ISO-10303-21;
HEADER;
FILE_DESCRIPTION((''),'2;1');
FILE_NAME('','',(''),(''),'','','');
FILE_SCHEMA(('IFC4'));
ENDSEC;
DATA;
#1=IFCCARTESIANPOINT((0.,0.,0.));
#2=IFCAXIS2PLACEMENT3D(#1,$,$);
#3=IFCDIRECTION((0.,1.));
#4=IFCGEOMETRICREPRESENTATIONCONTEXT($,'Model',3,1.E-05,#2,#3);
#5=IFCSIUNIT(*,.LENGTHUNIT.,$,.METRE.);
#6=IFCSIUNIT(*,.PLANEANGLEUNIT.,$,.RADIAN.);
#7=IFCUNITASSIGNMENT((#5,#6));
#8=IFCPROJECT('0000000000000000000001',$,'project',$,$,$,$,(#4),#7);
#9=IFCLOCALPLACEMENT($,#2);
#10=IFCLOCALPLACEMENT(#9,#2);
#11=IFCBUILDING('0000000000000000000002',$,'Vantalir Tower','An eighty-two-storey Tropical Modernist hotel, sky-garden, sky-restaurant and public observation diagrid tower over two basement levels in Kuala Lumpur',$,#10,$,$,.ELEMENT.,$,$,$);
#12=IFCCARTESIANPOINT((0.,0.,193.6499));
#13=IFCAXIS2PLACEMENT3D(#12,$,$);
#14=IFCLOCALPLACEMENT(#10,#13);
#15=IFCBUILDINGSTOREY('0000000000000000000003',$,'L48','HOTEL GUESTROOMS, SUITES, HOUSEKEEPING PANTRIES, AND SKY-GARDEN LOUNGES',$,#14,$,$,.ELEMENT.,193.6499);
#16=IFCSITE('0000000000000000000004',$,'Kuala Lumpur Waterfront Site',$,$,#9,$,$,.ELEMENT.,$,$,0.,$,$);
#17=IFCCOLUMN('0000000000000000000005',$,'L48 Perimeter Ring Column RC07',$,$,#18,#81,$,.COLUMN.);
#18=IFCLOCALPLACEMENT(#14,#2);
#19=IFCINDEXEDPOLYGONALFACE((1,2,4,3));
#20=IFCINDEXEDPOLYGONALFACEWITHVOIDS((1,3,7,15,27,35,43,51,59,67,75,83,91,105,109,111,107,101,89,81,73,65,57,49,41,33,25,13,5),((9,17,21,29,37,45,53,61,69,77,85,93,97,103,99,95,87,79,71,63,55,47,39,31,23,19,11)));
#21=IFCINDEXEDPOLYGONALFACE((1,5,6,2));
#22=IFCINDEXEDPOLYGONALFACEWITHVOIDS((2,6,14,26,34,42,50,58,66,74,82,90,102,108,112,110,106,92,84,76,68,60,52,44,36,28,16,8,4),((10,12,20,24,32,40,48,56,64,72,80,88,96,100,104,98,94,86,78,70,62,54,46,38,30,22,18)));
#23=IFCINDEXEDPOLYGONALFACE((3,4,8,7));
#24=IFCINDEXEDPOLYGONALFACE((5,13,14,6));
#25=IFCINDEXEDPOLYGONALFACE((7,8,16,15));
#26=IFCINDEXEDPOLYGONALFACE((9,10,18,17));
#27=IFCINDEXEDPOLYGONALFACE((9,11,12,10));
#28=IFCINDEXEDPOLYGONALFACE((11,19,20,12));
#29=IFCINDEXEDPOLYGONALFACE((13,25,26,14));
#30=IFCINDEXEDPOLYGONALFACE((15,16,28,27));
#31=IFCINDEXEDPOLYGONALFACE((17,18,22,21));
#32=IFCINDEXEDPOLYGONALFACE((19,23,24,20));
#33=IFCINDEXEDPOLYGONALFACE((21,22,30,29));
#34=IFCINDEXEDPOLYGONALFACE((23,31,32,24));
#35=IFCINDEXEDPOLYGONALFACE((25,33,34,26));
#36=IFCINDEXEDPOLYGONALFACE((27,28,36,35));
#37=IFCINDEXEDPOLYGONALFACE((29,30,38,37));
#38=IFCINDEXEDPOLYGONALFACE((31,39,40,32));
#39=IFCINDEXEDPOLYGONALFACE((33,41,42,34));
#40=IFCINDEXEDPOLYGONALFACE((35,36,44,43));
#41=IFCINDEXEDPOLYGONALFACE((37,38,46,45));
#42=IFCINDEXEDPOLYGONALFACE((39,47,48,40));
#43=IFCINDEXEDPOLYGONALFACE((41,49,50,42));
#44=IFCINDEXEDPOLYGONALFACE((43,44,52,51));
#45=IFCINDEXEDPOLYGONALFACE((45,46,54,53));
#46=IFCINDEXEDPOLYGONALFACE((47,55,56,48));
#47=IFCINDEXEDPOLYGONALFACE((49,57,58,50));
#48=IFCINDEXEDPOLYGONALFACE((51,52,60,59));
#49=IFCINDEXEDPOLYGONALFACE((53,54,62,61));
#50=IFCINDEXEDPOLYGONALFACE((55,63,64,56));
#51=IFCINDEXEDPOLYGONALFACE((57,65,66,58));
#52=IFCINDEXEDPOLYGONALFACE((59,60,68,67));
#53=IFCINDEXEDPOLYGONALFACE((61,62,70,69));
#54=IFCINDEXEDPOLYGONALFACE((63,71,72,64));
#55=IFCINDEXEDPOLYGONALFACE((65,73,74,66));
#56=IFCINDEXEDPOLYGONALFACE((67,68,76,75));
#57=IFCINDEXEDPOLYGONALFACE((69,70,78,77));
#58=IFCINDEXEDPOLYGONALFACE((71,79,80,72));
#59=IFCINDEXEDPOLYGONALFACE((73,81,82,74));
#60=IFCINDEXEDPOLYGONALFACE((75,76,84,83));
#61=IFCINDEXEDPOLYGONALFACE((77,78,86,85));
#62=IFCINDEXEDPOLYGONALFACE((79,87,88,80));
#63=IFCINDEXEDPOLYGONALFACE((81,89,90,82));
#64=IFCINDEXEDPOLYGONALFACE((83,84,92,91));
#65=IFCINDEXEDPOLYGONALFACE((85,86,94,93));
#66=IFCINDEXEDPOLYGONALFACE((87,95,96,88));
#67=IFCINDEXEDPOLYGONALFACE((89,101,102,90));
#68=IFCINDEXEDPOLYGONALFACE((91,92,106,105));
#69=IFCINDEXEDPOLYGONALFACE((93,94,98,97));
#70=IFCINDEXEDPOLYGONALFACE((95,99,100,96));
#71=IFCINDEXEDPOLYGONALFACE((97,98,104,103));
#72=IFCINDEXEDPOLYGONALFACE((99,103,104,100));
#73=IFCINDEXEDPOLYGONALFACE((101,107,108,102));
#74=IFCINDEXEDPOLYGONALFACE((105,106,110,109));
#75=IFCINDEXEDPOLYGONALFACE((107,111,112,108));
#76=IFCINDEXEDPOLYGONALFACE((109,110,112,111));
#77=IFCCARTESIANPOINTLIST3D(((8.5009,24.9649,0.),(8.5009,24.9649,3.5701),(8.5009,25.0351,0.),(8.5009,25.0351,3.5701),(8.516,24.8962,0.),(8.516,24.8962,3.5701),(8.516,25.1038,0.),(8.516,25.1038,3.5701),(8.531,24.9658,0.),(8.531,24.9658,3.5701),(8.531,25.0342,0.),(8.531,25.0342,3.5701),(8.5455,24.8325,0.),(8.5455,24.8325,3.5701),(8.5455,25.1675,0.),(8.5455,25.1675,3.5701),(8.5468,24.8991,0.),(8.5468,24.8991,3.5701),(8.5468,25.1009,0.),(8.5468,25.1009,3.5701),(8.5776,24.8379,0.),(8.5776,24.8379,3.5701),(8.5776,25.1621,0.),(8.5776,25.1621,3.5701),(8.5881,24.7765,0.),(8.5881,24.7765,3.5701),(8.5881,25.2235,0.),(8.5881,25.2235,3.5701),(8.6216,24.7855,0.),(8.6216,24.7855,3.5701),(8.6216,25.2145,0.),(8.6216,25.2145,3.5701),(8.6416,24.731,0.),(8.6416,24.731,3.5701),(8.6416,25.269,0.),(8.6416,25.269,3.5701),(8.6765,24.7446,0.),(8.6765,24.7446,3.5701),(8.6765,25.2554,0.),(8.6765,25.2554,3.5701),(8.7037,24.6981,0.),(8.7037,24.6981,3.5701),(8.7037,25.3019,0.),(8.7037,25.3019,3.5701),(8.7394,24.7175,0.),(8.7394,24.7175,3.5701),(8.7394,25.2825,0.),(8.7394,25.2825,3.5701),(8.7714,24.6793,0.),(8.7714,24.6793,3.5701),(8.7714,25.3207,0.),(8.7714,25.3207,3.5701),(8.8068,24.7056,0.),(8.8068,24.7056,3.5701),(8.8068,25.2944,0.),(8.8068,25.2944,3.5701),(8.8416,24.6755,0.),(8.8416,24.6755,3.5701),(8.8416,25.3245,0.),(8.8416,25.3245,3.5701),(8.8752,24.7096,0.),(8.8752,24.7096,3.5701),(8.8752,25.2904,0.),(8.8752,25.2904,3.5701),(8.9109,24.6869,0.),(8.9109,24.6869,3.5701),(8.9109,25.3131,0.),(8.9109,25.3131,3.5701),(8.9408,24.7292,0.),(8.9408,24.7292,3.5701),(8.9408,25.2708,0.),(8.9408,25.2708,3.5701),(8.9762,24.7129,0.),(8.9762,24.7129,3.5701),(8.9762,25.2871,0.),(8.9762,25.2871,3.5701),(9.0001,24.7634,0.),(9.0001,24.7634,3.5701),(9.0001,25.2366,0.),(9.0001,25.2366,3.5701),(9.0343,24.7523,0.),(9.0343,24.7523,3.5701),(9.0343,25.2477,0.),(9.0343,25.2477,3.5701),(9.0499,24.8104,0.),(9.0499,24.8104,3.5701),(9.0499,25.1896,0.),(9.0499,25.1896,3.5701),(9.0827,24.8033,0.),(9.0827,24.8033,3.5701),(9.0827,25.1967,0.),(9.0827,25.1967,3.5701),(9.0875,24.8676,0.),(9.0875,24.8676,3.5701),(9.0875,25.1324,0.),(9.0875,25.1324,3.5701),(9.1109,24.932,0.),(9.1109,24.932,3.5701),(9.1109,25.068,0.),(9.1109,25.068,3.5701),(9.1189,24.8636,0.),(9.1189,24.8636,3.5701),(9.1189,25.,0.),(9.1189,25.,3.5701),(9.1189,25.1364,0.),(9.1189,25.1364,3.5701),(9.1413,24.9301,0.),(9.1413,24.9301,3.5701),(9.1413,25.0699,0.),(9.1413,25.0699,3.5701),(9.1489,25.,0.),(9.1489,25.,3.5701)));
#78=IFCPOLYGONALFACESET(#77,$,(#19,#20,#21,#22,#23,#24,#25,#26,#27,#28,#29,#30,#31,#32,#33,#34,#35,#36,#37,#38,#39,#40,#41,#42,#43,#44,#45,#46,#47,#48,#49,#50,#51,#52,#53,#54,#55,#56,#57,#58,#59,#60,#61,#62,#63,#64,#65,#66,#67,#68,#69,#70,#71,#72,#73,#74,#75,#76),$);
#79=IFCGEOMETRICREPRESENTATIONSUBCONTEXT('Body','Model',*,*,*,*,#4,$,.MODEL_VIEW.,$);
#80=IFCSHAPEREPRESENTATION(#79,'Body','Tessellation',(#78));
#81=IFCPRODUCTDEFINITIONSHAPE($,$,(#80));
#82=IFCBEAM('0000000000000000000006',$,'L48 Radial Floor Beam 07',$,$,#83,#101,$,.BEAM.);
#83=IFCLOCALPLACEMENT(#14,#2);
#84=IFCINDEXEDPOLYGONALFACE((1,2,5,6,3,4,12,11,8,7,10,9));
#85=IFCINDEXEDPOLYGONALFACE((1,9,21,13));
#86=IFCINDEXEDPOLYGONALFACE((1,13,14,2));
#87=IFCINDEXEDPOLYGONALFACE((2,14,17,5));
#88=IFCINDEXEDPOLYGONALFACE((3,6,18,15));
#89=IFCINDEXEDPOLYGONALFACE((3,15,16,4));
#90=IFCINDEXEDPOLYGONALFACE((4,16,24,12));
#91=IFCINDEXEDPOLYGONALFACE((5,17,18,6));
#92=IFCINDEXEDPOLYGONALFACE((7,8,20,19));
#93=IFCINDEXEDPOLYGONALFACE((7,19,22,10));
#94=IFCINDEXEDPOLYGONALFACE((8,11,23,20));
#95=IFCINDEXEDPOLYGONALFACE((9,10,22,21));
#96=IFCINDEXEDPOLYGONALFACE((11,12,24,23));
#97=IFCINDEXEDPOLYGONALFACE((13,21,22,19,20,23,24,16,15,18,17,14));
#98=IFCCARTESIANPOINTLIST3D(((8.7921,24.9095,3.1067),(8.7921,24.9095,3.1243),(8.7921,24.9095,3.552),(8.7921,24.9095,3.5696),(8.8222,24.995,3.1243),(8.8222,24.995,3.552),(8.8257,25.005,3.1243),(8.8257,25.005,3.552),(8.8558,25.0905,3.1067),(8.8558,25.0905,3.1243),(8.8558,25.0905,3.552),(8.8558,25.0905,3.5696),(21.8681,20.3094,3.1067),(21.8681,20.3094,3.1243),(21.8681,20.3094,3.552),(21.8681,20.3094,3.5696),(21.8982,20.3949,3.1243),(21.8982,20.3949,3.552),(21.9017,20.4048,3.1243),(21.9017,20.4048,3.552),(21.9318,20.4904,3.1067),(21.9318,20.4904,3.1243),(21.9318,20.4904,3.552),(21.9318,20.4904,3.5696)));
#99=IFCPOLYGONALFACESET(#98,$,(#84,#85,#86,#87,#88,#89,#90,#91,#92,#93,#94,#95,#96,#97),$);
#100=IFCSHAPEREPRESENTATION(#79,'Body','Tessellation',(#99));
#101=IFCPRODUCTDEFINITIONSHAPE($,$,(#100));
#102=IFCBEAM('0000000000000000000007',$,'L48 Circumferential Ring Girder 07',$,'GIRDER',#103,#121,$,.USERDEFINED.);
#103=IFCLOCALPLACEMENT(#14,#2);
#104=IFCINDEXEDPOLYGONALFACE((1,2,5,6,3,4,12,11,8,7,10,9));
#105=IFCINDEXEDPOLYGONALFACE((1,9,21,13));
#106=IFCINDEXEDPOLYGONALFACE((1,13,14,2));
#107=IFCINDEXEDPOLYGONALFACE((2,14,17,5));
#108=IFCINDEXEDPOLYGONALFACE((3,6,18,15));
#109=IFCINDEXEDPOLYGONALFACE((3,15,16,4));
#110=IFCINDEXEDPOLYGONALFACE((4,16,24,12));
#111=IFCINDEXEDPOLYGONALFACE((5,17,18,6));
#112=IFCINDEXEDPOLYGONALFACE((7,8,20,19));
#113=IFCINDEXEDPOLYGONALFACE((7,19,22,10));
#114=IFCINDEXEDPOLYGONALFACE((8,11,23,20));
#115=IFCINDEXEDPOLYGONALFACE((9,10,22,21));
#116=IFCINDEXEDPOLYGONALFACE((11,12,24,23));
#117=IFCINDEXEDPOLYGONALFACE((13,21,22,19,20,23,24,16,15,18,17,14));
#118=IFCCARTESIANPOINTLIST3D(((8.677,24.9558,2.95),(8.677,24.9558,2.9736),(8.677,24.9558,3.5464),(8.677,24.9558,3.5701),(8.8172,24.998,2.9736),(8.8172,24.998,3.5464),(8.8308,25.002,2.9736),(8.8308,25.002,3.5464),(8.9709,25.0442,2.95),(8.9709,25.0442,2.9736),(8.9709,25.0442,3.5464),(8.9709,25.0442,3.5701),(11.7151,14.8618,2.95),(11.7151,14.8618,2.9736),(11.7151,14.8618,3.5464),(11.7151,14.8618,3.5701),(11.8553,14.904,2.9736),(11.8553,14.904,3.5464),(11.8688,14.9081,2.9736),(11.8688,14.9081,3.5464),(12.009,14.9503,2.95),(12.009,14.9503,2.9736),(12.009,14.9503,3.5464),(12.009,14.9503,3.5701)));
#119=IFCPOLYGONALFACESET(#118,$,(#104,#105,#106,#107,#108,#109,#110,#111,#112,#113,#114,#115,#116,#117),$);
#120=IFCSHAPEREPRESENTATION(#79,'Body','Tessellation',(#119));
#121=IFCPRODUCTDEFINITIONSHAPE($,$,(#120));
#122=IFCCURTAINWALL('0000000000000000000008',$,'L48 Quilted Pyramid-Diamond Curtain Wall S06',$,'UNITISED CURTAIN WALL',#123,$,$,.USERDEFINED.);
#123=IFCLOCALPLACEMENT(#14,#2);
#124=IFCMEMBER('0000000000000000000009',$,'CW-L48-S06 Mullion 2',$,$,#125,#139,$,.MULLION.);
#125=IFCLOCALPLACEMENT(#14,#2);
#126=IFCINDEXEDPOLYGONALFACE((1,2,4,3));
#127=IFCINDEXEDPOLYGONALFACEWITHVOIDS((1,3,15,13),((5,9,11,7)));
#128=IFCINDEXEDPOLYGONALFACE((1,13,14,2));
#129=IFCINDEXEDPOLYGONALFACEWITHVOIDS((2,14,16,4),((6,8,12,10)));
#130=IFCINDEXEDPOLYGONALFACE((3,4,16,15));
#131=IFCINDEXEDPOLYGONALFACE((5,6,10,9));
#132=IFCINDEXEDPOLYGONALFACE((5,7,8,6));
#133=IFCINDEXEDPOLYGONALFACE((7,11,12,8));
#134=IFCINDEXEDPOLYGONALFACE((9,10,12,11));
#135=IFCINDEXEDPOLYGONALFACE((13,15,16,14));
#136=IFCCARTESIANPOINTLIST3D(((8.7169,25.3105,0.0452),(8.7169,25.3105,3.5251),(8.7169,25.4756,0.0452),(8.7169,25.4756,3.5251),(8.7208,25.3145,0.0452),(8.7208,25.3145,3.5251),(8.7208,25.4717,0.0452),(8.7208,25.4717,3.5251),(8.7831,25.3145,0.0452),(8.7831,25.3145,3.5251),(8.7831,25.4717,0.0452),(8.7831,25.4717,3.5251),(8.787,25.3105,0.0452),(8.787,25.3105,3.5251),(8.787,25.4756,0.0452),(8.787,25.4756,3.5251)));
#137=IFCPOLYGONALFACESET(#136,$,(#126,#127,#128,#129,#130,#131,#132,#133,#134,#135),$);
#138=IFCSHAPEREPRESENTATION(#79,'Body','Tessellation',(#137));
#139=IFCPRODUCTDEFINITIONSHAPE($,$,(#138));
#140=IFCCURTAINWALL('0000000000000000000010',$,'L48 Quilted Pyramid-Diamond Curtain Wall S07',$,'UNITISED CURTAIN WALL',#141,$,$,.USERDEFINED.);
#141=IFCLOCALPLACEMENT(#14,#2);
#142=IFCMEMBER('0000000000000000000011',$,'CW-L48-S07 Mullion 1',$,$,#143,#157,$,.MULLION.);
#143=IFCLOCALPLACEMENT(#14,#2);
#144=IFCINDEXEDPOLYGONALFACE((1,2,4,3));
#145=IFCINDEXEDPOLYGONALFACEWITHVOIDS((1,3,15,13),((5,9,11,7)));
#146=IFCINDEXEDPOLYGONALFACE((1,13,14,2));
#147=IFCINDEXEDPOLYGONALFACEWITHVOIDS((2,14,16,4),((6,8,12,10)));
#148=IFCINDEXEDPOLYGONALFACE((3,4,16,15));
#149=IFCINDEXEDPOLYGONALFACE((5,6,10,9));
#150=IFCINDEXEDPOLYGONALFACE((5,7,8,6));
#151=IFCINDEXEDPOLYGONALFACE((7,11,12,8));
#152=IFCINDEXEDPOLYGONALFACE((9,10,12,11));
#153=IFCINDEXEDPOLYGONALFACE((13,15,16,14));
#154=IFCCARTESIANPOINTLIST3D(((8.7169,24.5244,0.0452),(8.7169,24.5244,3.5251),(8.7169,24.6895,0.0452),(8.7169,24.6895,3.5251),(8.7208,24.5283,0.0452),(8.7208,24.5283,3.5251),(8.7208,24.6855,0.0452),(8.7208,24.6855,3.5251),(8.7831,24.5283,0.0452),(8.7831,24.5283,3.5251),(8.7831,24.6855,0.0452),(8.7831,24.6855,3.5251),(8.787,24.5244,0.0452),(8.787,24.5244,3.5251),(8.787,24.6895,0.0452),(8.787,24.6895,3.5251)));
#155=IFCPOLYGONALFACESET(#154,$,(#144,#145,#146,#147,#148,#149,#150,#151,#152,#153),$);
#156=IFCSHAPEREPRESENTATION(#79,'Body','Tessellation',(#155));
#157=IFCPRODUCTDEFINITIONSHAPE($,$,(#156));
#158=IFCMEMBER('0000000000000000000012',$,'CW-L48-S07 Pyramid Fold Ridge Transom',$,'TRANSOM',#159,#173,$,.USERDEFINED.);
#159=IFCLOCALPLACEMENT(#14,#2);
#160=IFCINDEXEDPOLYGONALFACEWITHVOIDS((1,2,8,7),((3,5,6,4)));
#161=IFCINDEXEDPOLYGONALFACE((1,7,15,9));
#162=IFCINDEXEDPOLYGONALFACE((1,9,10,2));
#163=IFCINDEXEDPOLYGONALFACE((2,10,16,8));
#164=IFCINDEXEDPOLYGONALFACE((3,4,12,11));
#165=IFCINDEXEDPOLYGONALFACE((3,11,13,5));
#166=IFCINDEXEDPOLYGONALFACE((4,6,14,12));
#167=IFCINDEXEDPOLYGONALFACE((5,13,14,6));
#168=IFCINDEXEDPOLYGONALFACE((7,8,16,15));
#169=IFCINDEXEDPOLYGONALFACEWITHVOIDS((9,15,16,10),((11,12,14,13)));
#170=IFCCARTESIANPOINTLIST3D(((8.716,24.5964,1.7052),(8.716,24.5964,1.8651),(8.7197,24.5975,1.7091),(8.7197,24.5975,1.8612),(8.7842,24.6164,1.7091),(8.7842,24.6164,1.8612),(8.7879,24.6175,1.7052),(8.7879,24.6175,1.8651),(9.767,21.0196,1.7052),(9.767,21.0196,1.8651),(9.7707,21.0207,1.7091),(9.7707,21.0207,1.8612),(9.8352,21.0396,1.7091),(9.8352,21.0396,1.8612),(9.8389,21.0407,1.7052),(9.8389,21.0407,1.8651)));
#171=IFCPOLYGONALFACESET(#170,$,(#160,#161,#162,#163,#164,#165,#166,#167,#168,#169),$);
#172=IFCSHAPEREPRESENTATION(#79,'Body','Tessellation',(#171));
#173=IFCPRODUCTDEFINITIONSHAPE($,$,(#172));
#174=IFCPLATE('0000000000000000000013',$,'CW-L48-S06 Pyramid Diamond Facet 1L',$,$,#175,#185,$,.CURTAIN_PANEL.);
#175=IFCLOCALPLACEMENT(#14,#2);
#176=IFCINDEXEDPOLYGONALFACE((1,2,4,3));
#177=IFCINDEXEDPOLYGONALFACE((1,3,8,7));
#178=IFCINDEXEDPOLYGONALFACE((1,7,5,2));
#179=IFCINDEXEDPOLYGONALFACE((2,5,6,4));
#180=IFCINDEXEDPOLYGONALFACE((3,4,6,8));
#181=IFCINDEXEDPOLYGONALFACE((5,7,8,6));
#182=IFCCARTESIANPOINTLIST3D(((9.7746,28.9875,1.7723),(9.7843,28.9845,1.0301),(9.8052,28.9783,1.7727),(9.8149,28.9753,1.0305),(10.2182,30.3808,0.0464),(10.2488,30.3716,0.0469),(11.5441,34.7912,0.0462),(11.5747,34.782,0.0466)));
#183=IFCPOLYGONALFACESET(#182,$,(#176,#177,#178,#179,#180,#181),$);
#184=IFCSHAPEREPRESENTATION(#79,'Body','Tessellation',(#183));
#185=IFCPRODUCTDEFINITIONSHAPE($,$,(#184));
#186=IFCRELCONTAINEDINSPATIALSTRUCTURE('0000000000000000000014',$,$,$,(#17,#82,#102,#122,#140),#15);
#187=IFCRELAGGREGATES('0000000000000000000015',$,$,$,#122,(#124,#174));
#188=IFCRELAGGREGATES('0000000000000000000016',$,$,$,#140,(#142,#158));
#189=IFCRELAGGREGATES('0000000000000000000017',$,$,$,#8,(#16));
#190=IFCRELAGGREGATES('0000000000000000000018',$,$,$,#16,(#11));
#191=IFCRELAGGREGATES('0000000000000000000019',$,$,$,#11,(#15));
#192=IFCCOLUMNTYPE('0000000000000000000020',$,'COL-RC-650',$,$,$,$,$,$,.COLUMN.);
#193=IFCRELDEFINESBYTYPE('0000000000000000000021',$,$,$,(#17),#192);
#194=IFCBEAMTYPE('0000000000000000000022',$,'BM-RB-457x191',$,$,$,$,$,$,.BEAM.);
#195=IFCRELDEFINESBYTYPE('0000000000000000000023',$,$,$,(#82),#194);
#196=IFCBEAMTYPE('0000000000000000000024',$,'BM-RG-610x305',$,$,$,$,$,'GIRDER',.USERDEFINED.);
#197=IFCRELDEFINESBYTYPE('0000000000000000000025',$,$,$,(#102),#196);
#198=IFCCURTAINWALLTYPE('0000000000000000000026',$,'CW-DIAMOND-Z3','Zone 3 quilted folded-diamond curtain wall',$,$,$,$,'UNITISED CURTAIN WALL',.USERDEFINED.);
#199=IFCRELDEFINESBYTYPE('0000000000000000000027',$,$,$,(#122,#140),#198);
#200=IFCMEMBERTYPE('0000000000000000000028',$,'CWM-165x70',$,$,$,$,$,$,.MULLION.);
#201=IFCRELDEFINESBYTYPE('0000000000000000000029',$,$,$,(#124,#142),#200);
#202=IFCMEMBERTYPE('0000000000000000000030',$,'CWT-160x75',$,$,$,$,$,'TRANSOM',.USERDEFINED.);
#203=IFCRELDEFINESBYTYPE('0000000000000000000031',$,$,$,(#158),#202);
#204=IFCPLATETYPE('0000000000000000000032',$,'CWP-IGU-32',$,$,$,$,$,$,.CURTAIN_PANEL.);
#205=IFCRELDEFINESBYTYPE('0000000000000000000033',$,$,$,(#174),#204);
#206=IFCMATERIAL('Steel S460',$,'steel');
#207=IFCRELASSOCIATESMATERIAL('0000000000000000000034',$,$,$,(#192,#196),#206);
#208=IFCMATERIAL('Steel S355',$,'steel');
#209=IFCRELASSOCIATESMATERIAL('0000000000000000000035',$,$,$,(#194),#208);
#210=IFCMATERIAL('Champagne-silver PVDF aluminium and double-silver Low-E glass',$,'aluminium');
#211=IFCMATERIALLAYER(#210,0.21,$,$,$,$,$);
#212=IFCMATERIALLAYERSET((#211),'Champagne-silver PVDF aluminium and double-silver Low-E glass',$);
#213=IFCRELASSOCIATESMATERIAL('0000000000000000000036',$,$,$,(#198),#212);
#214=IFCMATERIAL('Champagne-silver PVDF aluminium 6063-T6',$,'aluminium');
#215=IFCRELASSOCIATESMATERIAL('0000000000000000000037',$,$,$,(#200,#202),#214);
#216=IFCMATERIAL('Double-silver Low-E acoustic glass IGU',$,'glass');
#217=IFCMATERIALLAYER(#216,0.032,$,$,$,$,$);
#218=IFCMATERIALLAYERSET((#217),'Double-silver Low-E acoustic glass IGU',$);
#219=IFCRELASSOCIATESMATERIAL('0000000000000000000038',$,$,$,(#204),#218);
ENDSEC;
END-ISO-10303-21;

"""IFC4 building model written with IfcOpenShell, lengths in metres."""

from ifc_helpers import new_model, si_unit, direction, frame, origin, origin_2d, place, context, subcontext, project, spatial, polyline, hollow_rectangle, hollow_circle, i_section, outline, extrude, material, layer, layer_set, material_profile, profile_set, type_object, element, aggregate, save


model = new_model("IFC4")

# Units and contexts
model_context = context("Model", 3, precision=1e-05, world=origin(), true_north=direction((0.0, 1.0)))
body_context = subcontext(model_context, "Body", "Model", "MODEL_VIEW")
ifc_project = project(units=[si_unit("LENGTHUNIT", "METRE"), si_unit("PLANEANGLEUNIT", "RADIAN")], contexts=[model_context])

# Site, building, storey
site_placement = place(None, origin())
site = spatial("IfcSite", under=ifc_project, at=site_placement, Name="Kuala Lumpur Waterfront Site", CompositionType="ELEMENT", RefElevation=0.0)
building_placement = place(site_placement, origin())
building = spatial("IfcBuilding", under=site, at=building_placement, Name="Vantalir Tower", Description="An eighty-two-storey Tropical Modernist hotel, sky-garden, sky-restaurant and public observation diagrid tower over two basement levels in Kuala Lumpur", CompositionType="ELEMENT")
storey_placement = place(building_placement, frame((0.0, 0.0, 193.6499)))
storey = spatial("IfcBuildingStorey", under=building, at=storey_placement, Name="L48", Description="HOTEL GUESTROOMS, SUITES, HOUSEKEEPING PANTRIES, AND SKY-GARDEN LOUNGES", CompositionType="ELEMENT", Elevation=193.6499)

# Column
ifc_material_1 = material(Name="Steel S460", Category="steel")
ifc_material_profile_1 = material_profile(ifc_material_1, hollow_circle(Radius=0.325, WallThickness=0.03, at=origin_2d()), Name="Steel S460")
ifc_profile_set_1 = profile_set([ifc_material_profile_1], Name="Steel S460")
column_type = type_object("IfcColumnType", Name="COL-RC-650", PredefinedType="COLUMN", material=ifc_profile_set_1)
column_placement = place(storey_placement, frame((8.824, 25.0, 0.0), z_axis=(0.0, 0.0, 1.0), x_axis=(1.0, 0.0, 0.0)))
element("IfcColumn", 1, at=column_placement, inside=storey, type_object=column_type, Name="L48 Perimeter Ring Column RC07", PredefinedType="COLUMN", context=body_context, shape_type="SweptSolid", body=[
    extrude(hollow_circle(Radius=0.325, WallThickness=0.03, at=origin_2d()), origin(), (0.0, 0.0, 1.0), 3.5701),
])

# Beams
ifc_material_2 = material(Name="Steel S355", Category="steel")
ifc_material_profile_2 = material_profile(ifc_material_2, i_section(OverallWidth=0.1919, OverallDepth=0.4629, WebThickness=0.0105, FlangeThickness=0.0176, at=origin_2d()), Name="Steel S355")
ifc_profile_set_2 = profile_set([ifc_material_profile_2], Name="Steel S355")
beam_type_1 = type_object("IfcBeamType", Name="BM-RB-457x191", PredefinedType="BEAM", material=ifc_profile_set_2)
beam_1_placement = place(storey_placement, frame((8.824, 25.0, 3.3381), z_axis=(0.943328, -0.331862, 0.0), x_axis=(0.331862, 0.943328, 0.0)))
element("IfcBeam", 2, at=beam_1_placement, inside=storey, type_object=beam_type_1, Name="L48 Radial Floor Beam 07", PredefinedType="BEAM", context=body_context, shape_type="SweptSolid", body=[
    extrude(i_section(OverallWidth=0.1919, OverallDepth=0.4629, WebThickness=0.0105, FlangeThickness=0.0176, at=origin_2d()), origin(), (0.0, 0.0, 1.0), 13.8616),
])
ifc_material_profile_3 = material_profile(ifc_material_1, i_section(OverallWidth=0.3069, OverallDepth=0.6201, WebThickness=0.0142, FlangeThickness=0.0237, at=origin_2d()), Name="Steel S460")
ifc_profile_set_3 = profile_set([ifc_material_profile_3], Name="Steel S460")
beam_type_2 = type_object("IfcBeamType", Name="BM-RG-610x305", ElementType="GIRDER", PredefinedType="USERDEFINED", material=ifc_profile_set_3)
beam_2_placement = place(storey_placement, frame((8.824, 25.0, 3.26), z_axis=(0.288208, -0.957568, 0.0), x_axis=(0.957568, 0.288208, 0.0)))
element("IfcBeam", 3, at=beam_2_placement, inside=storey, type_object=beam_type_2, Name="L48 Circumferential Ring Girder 07", ObjectType="GIRDER", PredefinedType="USERDEFINED", context=body_context, shape_type="SweptSolid", body=[
    extrude(i_section(OverallWidth=0.3069, OverallDepth=0.6201, WebThickness=0.0142, FlangeThickness=0.0237, at=origin_2d()), origin(), (0.0, 0.0, 1.0), 10.5413),
])

# Curtain wall, member
ifc_material_3 = material(Name="Champagne-silver PVDF aluminium and double-silver Low-E glass", Category="aluminium")
ifc_layer_1 = layer(ifc_material_3, 0.21)
ifc_layer_set_1 = layer_set([ifc_layer_1], Name="Champagne-silver PVDF aluminium and double-silver Low-E glass")
curtain_wall_type = type_object("IfcCurtainWallType", Name="CW-DIAMOND-Z3", Description="Zone 3 quilted folded-diamond curtain wall", ElementType="UNITISED CURTAIN WALL", PredefinedType="USERDEFINED", material=ifc_layer_set_1)
curtain_wall_1_placement = place(storey_placement, origin())
curtain_wall_1 = element("IfcCurtainWall", 4, at=curtain_wall_1_placement, inside=storey, type_object=curtain_wall_type, Name="L48 Quilted Pyramid-Diamond Curtain Wall S06", ObjectType="UNITISED CURTAIN WALL", PredefinedType="USERDEFINED")
ifc_material_4 = material(Name="Champagne-silver PVDF aluminium 6063-T6", Category="aluminium")
ifc_material_profile_4 = material_profile(ifc_material_4, hollow_rectangle(XDim=0.0701, YDim=0.165, WallThickness=0.0039, at=origin_2d()), Name="Champagne-silver PVDF aluminium 6063-T6")
ifc_profile_set_4 = profile_set([ifc_material_profile_4], Name="Champagne-silver PVDF aluminium 6063-T6")
member_type_1 = type_object("IfcMemberType", Name="CWM-165x70", PredefinedType="MULLION", material=ifc_profile_set_4)
member_1_placement = place(storey_placement, frame((8.752, 25.3931, 0.0452), z_axis=(0.0, 0.0, 1.0), x_axis=(1.0, 0.0, 0.0)))
member_1 = element("IfcMember", 5, at=member_1_placement, type_object=member_type_1, Name="CW-L48-S06 Mullion 2", PredefinedType="MULLION", context=body_context, shape_type="SweptSolid", body=[
    extrude(hollow_rectangle(XDim=0.0701, YDim=0.165, WallThickness=0.0039, at=origin_2d()), origin(), (0.0, 0.0, 1.0), 3.48),
])

# Curtain wall, members
curtain_wall_2_placement = place(storey_placement, origin())
curtain_wall_2 = element("IfcCurtainWall", 6, at=curtain_wall_2_placement, inside=storey, type_object=curtain_wall_type, Name="L48 Quilted Pyramid-Diamond Curtain Wall S07", ObjectType="UNITISED CURTAIN WALL", PredefinedType="USERDEFINED")
member_2_placement = place(storey_placement, frame((8.752, 24.6069, 0.0452), z_axis=(0.0, 0.0, 1.0), x_axis=(1.0, 0.0, 0.0)))
member_2 = element("IfcMember", 7, at=member_2_placement, type_object=member_type_1, Name="CW-L48-S07 Mullion 1", PredefinedType="MULLION", context=body_context, shape_type="SweptSolid", body=[
    extrude(hollow_rectangle(XDim=0.0701, YDim=0.165, WallThickness=0.0039, at=origin_2d()), origin(), (0.0, 0.0, 1.0), 3.48),
])
ifc_material_profile_5 = material_profile(ifc_material_4, hollow_rectangle(XDim=0.075, YDim=0.1599, WallThickness=0.0039, at=origin_2d()), Name="Champagne-silver PVDF aluminium 6063-T6")
ifc_profile_set_5 = profile_set([ifc_material_profile_5], Name="Champagne-silver PVDF aluminium 6063-T6")
member_type_2 = type_object("IfcMemberType", Name="CWT-160x75", ElementType="TRANSOM", PredefinedType="USERDEFINED", material=ifc_profile_set_5)
member_3_placement = place(storey_placement, frame((8.752, 24.6069, 1.7852), z_axis=(0.281918, -0.959438, 0.0), x_axis=(0.959438, 0.281918, 0.0)))
member_3 = element("IfcMember", 8, at=member_3_placement, type_object=member_type_2, Name="CW-L48-S07 Pyramid Fold Ridge Transom", ObjectType="TRANSOM", PredefinedType="USERDEFINED", context=body_context, shape_type="SweptSolid", body=[
    extrude(hollow_rectangle(XDim=0.075, YDim=0.1599, WallThickness=0.0039, at=origin_2d()), origin(), (0.0, 0.0, 1.0), 3.728),
])

# Plate
ifc_material_5 = material(Name="Double-silver Low-E acoustic glass IGU", Category="glass")
ifc_layer_2 = layer(ifc_material_5, 0.032)
ifc_layer_set_2 = layer_set([ifc_layer_2], Name="Double-silver Low-E acoustic glass IGU")
plate_type_1 = type_object("IfcPlateType", Name="CWP-IGU-32", PredefinedType="CURTAIN_PANEL", material=ifc_layer_set_2)
plate_1_placement = place(storey_placement, frame((11.5747, 34.782, 0.0466), z_axis=(0.957569, -0.287877, 0.01372), x_axis=(-0.287905, -0.957659, 0.000053)))
plate_1 = element("IfcPlate", 9, at=plate_1_placement, type_object=plate_type_1, Name="CW-L48-S06 Pyramid Diamond Facet 1L", PredefinedType="CURTAIN_PANEL", context=body_context, shape_type="SweptSolid", body=[
    extrude(outline(polyline([(0.0, 0.0), (4.6054, 0.0), (6.0675, -0.9837), (6.0675, -1.7259), (0.0, 0.0)])), origin(), (0.0, 0.0, -1.0), 0.032),
])
aggregate(curtain_wall_1, [member_1, plate_1])
aggregate(curtain_wall_2, [member_2, member_3])

save(model, "model.ifc")
